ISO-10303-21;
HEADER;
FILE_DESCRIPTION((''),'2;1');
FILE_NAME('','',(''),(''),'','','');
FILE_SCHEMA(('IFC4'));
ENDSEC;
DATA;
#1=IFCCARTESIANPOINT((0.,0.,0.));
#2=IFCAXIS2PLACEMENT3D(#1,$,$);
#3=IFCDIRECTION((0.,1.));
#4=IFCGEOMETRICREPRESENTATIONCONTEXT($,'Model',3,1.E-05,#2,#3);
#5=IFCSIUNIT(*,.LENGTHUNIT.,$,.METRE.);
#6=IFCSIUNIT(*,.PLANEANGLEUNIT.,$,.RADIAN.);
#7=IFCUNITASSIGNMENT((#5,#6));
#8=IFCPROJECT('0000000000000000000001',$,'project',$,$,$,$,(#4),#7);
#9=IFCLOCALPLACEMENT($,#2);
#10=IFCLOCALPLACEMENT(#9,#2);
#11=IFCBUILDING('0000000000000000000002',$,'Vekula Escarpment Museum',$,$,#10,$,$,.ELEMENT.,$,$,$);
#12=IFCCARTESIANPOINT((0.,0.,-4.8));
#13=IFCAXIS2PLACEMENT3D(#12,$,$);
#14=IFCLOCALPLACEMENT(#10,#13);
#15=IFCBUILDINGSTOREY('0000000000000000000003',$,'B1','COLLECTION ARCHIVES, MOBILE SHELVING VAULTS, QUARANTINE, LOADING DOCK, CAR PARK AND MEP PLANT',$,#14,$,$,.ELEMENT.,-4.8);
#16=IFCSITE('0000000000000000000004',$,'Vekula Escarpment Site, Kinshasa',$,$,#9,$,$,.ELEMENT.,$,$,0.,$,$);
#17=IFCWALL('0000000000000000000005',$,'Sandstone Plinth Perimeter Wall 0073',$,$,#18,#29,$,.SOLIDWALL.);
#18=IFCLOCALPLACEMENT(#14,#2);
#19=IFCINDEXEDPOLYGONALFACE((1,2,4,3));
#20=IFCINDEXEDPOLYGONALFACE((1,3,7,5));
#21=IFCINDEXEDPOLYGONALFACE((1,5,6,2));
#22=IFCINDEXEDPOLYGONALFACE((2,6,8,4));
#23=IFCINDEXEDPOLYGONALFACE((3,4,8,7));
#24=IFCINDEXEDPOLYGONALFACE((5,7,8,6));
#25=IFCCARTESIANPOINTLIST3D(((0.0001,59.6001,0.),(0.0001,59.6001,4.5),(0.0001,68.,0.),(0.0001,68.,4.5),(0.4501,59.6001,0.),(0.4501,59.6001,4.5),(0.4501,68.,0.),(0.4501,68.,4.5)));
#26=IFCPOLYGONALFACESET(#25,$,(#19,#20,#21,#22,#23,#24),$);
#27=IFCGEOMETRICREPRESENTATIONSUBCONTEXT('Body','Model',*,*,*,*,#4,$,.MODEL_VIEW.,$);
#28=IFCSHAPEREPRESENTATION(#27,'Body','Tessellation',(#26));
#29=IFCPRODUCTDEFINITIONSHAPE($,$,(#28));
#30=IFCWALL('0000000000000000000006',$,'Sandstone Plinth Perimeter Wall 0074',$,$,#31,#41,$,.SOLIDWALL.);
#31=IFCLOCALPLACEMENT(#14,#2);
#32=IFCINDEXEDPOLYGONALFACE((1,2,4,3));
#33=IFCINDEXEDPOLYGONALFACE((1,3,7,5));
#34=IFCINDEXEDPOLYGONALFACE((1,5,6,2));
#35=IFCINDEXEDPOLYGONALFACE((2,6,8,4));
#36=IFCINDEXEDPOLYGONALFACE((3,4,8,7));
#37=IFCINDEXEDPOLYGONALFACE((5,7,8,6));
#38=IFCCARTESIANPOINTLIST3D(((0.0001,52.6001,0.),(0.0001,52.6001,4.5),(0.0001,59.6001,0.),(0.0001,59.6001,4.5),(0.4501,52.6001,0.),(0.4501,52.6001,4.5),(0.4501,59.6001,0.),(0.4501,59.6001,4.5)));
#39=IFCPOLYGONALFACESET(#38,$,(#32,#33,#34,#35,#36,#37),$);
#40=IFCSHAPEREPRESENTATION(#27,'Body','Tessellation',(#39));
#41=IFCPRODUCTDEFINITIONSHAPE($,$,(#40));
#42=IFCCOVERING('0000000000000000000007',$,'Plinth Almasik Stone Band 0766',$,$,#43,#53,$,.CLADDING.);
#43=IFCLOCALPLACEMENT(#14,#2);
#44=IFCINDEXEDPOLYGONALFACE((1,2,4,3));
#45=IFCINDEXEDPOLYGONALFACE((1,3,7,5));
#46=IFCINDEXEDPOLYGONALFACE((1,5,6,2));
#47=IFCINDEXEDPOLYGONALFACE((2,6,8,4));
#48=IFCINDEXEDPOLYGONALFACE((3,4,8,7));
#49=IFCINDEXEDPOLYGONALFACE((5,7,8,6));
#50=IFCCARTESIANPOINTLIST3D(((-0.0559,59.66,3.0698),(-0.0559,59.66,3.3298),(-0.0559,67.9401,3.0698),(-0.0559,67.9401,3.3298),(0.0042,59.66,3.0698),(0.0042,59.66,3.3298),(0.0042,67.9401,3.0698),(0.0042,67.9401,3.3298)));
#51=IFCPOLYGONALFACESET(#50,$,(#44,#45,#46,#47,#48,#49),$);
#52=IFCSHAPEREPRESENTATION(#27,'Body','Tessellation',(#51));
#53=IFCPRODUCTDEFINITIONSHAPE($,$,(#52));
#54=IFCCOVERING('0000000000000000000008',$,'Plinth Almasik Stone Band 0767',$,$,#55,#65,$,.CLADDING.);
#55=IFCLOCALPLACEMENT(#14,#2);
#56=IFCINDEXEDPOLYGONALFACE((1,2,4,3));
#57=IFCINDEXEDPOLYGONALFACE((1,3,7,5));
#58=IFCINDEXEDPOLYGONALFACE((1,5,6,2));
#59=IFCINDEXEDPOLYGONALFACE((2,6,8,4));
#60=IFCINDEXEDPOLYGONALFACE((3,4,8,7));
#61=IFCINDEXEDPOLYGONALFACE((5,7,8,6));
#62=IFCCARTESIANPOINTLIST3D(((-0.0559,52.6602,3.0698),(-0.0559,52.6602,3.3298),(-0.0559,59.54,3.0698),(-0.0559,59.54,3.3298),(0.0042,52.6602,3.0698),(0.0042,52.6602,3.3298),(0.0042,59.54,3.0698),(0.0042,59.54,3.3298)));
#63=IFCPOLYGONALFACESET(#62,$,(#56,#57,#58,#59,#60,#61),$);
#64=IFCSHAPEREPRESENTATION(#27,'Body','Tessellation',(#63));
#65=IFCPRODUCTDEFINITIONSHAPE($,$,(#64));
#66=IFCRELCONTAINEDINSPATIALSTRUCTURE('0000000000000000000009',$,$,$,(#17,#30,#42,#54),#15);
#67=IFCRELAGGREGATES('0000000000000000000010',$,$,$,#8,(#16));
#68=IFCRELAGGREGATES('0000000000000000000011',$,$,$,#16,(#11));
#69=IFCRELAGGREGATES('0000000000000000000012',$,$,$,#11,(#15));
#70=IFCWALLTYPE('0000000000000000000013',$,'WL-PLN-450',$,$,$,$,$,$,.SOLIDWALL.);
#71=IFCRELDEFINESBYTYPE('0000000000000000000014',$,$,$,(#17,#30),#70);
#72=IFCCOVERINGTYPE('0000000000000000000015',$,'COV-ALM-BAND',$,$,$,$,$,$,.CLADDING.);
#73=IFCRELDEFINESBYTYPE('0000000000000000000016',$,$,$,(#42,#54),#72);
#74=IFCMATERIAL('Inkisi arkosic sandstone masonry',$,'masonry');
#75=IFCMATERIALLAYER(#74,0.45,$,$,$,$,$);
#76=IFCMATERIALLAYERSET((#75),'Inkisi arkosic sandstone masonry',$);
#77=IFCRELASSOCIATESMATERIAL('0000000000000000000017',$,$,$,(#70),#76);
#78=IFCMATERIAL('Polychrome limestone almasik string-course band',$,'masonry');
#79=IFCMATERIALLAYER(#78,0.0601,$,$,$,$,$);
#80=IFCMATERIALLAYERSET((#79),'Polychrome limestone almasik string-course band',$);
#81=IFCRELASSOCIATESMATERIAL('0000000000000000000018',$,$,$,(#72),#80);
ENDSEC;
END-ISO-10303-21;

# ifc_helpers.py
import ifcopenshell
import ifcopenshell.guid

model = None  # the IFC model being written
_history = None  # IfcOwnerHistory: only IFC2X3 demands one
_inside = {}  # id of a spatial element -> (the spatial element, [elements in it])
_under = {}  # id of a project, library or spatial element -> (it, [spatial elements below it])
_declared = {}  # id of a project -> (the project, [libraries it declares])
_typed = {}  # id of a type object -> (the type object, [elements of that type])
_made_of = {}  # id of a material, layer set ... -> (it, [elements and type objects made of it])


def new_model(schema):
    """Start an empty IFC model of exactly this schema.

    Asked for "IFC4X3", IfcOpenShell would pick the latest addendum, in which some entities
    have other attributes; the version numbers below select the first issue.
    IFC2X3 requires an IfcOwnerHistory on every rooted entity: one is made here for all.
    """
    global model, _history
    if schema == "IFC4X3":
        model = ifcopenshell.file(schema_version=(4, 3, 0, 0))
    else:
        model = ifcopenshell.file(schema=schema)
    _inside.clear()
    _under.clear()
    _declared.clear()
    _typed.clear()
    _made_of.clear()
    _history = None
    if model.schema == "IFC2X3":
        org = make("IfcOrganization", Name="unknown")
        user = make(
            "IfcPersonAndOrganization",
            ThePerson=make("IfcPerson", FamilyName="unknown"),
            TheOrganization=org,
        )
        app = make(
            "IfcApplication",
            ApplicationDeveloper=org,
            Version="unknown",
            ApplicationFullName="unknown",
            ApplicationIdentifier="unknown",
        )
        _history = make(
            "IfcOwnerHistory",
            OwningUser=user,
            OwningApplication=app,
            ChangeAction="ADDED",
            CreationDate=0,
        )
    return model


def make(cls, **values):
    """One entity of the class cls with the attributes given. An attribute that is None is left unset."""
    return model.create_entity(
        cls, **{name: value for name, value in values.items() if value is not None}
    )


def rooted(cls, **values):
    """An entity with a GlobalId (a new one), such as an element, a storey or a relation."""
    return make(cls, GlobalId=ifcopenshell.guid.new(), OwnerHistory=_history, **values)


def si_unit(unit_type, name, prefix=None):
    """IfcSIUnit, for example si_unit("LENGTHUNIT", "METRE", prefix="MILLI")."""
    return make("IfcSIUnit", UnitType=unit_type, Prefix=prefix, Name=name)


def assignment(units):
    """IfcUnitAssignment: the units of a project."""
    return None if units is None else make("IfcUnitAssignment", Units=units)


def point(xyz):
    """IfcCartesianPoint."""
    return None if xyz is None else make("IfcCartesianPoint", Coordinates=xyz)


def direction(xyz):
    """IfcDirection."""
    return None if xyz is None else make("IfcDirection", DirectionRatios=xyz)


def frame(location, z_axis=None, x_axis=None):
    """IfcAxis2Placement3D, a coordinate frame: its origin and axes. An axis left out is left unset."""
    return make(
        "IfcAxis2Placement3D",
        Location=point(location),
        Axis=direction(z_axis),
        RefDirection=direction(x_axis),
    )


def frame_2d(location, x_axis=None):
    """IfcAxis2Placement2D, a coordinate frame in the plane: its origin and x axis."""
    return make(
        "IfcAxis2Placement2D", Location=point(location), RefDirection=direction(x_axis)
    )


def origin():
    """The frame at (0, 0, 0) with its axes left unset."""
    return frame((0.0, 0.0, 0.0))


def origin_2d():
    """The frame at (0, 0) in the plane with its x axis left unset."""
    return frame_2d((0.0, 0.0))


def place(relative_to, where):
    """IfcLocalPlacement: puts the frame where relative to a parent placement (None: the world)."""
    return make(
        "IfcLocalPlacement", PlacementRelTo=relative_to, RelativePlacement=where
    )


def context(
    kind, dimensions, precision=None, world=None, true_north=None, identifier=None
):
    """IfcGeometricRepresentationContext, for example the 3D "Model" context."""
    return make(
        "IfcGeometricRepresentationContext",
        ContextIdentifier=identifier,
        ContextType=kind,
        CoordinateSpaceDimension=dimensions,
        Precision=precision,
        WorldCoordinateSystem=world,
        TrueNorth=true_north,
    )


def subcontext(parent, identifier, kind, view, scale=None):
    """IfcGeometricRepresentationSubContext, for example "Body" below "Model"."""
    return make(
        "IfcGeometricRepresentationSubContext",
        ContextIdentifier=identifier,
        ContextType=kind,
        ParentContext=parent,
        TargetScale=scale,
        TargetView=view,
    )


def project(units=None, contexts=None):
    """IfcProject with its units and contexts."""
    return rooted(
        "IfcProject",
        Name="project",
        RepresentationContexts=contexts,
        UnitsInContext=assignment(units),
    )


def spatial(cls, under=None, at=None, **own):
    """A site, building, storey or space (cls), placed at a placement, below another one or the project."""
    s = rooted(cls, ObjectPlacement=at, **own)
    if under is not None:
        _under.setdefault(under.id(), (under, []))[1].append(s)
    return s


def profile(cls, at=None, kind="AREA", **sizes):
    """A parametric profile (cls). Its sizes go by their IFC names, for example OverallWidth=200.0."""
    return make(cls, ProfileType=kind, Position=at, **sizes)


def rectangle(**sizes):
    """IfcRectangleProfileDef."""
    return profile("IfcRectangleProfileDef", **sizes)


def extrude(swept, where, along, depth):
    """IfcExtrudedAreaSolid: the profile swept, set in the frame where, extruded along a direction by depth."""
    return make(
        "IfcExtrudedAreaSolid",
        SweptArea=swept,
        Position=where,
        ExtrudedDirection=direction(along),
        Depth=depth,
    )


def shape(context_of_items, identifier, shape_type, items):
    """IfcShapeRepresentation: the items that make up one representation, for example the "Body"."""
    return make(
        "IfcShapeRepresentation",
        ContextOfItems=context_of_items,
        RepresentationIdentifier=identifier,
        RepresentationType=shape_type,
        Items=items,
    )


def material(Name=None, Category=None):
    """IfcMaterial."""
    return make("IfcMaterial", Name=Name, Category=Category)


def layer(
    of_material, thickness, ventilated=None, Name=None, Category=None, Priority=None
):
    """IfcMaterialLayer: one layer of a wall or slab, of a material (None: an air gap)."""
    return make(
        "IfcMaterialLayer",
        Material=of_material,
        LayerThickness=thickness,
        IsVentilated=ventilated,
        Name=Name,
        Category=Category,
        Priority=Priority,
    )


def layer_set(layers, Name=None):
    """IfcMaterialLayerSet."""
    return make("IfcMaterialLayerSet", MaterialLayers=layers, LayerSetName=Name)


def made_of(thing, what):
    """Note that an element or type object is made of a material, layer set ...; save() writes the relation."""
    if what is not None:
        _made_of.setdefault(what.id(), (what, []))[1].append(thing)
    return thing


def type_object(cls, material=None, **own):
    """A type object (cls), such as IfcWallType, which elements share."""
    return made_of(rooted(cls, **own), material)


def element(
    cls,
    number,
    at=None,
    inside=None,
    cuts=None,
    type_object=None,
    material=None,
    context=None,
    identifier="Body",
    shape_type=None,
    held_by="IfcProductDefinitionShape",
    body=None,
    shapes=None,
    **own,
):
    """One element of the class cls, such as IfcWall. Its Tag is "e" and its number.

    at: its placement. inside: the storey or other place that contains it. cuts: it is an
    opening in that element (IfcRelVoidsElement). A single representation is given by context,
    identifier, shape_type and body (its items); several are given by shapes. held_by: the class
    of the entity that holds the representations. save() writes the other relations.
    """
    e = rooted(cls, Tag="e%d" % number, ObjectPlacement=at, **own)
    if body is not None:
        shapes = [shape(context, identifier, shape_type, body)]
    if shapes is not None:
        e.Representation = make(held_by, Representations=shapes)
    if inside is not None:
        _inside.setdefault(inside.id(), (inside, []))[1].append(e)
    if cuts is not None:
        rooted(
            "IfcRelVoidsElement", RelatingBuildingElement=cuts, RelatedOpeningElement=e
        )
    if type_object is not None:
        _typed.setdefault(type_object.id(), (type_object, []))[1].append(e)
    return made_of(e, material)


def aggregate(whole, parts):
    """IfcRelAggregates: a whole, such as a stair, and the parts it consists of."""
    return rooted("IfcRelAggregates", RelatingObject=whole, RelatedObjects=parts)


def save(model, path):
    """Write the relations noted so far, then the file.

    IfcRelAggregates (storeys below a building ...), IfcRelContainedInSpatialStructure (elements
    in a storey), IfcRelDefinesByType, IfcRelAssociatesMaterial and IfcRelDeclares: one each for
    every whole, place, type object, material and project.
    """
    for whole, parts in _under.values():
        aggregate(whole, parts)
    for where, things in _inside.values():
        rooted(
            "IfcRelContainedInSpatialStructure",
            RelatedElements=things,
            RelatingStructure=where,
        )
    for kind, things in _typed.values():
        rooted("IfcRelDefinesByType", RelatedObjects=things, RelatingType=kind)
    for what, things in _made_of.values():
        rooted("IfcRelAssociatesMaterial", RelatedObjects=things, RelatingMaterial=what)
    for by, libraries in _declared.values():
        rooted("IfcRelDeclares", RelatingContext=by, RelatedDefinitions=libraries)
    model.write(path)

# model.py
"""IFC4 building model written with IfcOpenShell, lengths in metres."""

from ifc_helpers import new_model, si_unit, direction, frame, frame_2d, origin, origin_2d, place, context, subcontext, project, spatial, rectangle, extrude, material, layer, layer_set, type_object, element, save


model = new_model("IFC4")

# Units and contexts
model_context = context("Model", 3, precision=1e-05, world=origin(), true_north=direction((0.0, 1.0)))
body_context = subcontext(model_context, "Body", "Model", "MODEL_VIEW")
ifc_project = project(units=[si_unit("LENGTHUNIT", "METRE"), si_unit("PLANEANGLEUNIT", "RADIAN")], contexts=[model_context])

# Site, building, storey
site_placement = place(None, origin())
site = spatial("IfcSite", under=ifc_project, at=site_placement, Name="Vekula Escarpment Site, Kinshasa", CompositionType="ELEMENT", RefElevation=0.0)
building_placement = place(site_placement, origin())
building = spatial("IfcBuilding", under=site, at=building_placement, Name="Vekula Escarpment Museum", CompositionType="ELEMENT")
storey_placement = place(building_placement, frame((0.0, 0.0, -4.8)))
storey = spatial("IfcBuildingStorey", under=building, at=storey_placement, Name="B1", Description="COLLECTION ARCHIVES, MOBILE SHELVING VAULTS, QUARANTINE, LOADING DOCK, CAR PARK AND MEP PLANT", CompositionType="ELEMENT", Elevation=-4.8)

# Walls
ifc_material_1 = material(Name="Inkisi arkosic sandstone masonry", Category="masonry")
ifc_layer_1 = layer(ifc_material_1, 0.45)
ifc_layer_set_1 = layer_set([ifc_layer_1], Name="Inkisi arkosic sandstone masonry")
wall_type = type_object("IfcWallType", Name="WL-PLN-450", PredefinedType="SOLIDWALL", material=ifc_layer_set_1)
wall_1_placement = place(storey_placement, frame((0.2251, 68.0, 0.0), z_axis=(0.0, 0.0, 1.0), x_axis=(0.0, -1.0, 0.0)))
element("IfcWall", 1, at=wall_1_placement, inside=storey, type_object=wall_type, Name="Sandstone Plinth Perimeter Wall 0073", PredefinedType="SOLIDWALL", context=body_context, shape_type="SweptSolid", body=[
    extrude(rectangle(XDim=8.3999, YDim=0.45, at=frame_2d((4.2, 0.0))), origin(), (0.0, 0.0, 1.0), 4.5),
])
wall_2_placement = place(storey_placement, frame((0.2251, 59.6001, 0.0), z_axis=(0.0, 0.0, 1.0), x_axis=(0.0, -1.0, 0.0)))
element("IfcWall", 2, at=wall_2_placement, inside=storey, type_object=wall_type, Name="Sandstone Plinth Perimeter Wall 0074", PredefinedType="SOLIDWALL", context=body_context, shape_type="SweptSolid", body=[
    extrude(rectangle(XDim=7.0, YDim=0.45, at=frame_2d((3.5, 0.0))), origin(), (0.0, 0.0, 1.0), 4.5),
])

# Coverings
ifc_material_2 = material(Name="Polychrome limestone almasik string-course band", Category="masonry")
ifc_layer_2 = layer(ifc_material_2, 0.0601)
ifc_layer_set_2 = layer_set([ifc_layer_2], Name="Polychrome limestone almasik string-course band")
covering_type = type_object("IfcCoveringType", Name="COV-ALM-BAND", PredefinedType="CLADDING", material=ifc_layer_set_2)
covering_1_placement = place(storey_placement, frame((-0.0259, 63.8, 3.0698), z_axis=(0.0, 0.0, 1.0), x_axis=(0.0, 1.0, 0.0)))
element("IfcCovering", 3, at=covering_1_placement, inside=storey, type_object=covering_type, Name="Plinth Almasik Stone Band 0766", PredefinedType="CLADDING", context=body_context, shape_type="SweptSolid", body=[
    extrude(rectangle(XDim=8.28, YDim=0.0601, at=origin_2d()), origin(), (0.0, 0.0, 1.0), 0.26),
])
covering_2_placement = place(storey_placement, frame((-0.0259, 56.1001, 3.0698), z_axis=(0.0, 0.0, 1.0), x_axis=(0.0, 1.0, 0.0)))
element("IfcCovering", 4, at=covering_2_placement, inside=storey, type_object=covering_type, Name="Plinth Almasik Stone Band 0767", PredefinedType="CLADDING", context=body_context, shape_type="SweptSolid", body=[
    extrude(rectangle(XDim=6.8799, YDim=0.0601, at=origin_2d()), origin(), (0.0, 0.0, 1.0), 0.26),
])

save(model, "model.ifc")
